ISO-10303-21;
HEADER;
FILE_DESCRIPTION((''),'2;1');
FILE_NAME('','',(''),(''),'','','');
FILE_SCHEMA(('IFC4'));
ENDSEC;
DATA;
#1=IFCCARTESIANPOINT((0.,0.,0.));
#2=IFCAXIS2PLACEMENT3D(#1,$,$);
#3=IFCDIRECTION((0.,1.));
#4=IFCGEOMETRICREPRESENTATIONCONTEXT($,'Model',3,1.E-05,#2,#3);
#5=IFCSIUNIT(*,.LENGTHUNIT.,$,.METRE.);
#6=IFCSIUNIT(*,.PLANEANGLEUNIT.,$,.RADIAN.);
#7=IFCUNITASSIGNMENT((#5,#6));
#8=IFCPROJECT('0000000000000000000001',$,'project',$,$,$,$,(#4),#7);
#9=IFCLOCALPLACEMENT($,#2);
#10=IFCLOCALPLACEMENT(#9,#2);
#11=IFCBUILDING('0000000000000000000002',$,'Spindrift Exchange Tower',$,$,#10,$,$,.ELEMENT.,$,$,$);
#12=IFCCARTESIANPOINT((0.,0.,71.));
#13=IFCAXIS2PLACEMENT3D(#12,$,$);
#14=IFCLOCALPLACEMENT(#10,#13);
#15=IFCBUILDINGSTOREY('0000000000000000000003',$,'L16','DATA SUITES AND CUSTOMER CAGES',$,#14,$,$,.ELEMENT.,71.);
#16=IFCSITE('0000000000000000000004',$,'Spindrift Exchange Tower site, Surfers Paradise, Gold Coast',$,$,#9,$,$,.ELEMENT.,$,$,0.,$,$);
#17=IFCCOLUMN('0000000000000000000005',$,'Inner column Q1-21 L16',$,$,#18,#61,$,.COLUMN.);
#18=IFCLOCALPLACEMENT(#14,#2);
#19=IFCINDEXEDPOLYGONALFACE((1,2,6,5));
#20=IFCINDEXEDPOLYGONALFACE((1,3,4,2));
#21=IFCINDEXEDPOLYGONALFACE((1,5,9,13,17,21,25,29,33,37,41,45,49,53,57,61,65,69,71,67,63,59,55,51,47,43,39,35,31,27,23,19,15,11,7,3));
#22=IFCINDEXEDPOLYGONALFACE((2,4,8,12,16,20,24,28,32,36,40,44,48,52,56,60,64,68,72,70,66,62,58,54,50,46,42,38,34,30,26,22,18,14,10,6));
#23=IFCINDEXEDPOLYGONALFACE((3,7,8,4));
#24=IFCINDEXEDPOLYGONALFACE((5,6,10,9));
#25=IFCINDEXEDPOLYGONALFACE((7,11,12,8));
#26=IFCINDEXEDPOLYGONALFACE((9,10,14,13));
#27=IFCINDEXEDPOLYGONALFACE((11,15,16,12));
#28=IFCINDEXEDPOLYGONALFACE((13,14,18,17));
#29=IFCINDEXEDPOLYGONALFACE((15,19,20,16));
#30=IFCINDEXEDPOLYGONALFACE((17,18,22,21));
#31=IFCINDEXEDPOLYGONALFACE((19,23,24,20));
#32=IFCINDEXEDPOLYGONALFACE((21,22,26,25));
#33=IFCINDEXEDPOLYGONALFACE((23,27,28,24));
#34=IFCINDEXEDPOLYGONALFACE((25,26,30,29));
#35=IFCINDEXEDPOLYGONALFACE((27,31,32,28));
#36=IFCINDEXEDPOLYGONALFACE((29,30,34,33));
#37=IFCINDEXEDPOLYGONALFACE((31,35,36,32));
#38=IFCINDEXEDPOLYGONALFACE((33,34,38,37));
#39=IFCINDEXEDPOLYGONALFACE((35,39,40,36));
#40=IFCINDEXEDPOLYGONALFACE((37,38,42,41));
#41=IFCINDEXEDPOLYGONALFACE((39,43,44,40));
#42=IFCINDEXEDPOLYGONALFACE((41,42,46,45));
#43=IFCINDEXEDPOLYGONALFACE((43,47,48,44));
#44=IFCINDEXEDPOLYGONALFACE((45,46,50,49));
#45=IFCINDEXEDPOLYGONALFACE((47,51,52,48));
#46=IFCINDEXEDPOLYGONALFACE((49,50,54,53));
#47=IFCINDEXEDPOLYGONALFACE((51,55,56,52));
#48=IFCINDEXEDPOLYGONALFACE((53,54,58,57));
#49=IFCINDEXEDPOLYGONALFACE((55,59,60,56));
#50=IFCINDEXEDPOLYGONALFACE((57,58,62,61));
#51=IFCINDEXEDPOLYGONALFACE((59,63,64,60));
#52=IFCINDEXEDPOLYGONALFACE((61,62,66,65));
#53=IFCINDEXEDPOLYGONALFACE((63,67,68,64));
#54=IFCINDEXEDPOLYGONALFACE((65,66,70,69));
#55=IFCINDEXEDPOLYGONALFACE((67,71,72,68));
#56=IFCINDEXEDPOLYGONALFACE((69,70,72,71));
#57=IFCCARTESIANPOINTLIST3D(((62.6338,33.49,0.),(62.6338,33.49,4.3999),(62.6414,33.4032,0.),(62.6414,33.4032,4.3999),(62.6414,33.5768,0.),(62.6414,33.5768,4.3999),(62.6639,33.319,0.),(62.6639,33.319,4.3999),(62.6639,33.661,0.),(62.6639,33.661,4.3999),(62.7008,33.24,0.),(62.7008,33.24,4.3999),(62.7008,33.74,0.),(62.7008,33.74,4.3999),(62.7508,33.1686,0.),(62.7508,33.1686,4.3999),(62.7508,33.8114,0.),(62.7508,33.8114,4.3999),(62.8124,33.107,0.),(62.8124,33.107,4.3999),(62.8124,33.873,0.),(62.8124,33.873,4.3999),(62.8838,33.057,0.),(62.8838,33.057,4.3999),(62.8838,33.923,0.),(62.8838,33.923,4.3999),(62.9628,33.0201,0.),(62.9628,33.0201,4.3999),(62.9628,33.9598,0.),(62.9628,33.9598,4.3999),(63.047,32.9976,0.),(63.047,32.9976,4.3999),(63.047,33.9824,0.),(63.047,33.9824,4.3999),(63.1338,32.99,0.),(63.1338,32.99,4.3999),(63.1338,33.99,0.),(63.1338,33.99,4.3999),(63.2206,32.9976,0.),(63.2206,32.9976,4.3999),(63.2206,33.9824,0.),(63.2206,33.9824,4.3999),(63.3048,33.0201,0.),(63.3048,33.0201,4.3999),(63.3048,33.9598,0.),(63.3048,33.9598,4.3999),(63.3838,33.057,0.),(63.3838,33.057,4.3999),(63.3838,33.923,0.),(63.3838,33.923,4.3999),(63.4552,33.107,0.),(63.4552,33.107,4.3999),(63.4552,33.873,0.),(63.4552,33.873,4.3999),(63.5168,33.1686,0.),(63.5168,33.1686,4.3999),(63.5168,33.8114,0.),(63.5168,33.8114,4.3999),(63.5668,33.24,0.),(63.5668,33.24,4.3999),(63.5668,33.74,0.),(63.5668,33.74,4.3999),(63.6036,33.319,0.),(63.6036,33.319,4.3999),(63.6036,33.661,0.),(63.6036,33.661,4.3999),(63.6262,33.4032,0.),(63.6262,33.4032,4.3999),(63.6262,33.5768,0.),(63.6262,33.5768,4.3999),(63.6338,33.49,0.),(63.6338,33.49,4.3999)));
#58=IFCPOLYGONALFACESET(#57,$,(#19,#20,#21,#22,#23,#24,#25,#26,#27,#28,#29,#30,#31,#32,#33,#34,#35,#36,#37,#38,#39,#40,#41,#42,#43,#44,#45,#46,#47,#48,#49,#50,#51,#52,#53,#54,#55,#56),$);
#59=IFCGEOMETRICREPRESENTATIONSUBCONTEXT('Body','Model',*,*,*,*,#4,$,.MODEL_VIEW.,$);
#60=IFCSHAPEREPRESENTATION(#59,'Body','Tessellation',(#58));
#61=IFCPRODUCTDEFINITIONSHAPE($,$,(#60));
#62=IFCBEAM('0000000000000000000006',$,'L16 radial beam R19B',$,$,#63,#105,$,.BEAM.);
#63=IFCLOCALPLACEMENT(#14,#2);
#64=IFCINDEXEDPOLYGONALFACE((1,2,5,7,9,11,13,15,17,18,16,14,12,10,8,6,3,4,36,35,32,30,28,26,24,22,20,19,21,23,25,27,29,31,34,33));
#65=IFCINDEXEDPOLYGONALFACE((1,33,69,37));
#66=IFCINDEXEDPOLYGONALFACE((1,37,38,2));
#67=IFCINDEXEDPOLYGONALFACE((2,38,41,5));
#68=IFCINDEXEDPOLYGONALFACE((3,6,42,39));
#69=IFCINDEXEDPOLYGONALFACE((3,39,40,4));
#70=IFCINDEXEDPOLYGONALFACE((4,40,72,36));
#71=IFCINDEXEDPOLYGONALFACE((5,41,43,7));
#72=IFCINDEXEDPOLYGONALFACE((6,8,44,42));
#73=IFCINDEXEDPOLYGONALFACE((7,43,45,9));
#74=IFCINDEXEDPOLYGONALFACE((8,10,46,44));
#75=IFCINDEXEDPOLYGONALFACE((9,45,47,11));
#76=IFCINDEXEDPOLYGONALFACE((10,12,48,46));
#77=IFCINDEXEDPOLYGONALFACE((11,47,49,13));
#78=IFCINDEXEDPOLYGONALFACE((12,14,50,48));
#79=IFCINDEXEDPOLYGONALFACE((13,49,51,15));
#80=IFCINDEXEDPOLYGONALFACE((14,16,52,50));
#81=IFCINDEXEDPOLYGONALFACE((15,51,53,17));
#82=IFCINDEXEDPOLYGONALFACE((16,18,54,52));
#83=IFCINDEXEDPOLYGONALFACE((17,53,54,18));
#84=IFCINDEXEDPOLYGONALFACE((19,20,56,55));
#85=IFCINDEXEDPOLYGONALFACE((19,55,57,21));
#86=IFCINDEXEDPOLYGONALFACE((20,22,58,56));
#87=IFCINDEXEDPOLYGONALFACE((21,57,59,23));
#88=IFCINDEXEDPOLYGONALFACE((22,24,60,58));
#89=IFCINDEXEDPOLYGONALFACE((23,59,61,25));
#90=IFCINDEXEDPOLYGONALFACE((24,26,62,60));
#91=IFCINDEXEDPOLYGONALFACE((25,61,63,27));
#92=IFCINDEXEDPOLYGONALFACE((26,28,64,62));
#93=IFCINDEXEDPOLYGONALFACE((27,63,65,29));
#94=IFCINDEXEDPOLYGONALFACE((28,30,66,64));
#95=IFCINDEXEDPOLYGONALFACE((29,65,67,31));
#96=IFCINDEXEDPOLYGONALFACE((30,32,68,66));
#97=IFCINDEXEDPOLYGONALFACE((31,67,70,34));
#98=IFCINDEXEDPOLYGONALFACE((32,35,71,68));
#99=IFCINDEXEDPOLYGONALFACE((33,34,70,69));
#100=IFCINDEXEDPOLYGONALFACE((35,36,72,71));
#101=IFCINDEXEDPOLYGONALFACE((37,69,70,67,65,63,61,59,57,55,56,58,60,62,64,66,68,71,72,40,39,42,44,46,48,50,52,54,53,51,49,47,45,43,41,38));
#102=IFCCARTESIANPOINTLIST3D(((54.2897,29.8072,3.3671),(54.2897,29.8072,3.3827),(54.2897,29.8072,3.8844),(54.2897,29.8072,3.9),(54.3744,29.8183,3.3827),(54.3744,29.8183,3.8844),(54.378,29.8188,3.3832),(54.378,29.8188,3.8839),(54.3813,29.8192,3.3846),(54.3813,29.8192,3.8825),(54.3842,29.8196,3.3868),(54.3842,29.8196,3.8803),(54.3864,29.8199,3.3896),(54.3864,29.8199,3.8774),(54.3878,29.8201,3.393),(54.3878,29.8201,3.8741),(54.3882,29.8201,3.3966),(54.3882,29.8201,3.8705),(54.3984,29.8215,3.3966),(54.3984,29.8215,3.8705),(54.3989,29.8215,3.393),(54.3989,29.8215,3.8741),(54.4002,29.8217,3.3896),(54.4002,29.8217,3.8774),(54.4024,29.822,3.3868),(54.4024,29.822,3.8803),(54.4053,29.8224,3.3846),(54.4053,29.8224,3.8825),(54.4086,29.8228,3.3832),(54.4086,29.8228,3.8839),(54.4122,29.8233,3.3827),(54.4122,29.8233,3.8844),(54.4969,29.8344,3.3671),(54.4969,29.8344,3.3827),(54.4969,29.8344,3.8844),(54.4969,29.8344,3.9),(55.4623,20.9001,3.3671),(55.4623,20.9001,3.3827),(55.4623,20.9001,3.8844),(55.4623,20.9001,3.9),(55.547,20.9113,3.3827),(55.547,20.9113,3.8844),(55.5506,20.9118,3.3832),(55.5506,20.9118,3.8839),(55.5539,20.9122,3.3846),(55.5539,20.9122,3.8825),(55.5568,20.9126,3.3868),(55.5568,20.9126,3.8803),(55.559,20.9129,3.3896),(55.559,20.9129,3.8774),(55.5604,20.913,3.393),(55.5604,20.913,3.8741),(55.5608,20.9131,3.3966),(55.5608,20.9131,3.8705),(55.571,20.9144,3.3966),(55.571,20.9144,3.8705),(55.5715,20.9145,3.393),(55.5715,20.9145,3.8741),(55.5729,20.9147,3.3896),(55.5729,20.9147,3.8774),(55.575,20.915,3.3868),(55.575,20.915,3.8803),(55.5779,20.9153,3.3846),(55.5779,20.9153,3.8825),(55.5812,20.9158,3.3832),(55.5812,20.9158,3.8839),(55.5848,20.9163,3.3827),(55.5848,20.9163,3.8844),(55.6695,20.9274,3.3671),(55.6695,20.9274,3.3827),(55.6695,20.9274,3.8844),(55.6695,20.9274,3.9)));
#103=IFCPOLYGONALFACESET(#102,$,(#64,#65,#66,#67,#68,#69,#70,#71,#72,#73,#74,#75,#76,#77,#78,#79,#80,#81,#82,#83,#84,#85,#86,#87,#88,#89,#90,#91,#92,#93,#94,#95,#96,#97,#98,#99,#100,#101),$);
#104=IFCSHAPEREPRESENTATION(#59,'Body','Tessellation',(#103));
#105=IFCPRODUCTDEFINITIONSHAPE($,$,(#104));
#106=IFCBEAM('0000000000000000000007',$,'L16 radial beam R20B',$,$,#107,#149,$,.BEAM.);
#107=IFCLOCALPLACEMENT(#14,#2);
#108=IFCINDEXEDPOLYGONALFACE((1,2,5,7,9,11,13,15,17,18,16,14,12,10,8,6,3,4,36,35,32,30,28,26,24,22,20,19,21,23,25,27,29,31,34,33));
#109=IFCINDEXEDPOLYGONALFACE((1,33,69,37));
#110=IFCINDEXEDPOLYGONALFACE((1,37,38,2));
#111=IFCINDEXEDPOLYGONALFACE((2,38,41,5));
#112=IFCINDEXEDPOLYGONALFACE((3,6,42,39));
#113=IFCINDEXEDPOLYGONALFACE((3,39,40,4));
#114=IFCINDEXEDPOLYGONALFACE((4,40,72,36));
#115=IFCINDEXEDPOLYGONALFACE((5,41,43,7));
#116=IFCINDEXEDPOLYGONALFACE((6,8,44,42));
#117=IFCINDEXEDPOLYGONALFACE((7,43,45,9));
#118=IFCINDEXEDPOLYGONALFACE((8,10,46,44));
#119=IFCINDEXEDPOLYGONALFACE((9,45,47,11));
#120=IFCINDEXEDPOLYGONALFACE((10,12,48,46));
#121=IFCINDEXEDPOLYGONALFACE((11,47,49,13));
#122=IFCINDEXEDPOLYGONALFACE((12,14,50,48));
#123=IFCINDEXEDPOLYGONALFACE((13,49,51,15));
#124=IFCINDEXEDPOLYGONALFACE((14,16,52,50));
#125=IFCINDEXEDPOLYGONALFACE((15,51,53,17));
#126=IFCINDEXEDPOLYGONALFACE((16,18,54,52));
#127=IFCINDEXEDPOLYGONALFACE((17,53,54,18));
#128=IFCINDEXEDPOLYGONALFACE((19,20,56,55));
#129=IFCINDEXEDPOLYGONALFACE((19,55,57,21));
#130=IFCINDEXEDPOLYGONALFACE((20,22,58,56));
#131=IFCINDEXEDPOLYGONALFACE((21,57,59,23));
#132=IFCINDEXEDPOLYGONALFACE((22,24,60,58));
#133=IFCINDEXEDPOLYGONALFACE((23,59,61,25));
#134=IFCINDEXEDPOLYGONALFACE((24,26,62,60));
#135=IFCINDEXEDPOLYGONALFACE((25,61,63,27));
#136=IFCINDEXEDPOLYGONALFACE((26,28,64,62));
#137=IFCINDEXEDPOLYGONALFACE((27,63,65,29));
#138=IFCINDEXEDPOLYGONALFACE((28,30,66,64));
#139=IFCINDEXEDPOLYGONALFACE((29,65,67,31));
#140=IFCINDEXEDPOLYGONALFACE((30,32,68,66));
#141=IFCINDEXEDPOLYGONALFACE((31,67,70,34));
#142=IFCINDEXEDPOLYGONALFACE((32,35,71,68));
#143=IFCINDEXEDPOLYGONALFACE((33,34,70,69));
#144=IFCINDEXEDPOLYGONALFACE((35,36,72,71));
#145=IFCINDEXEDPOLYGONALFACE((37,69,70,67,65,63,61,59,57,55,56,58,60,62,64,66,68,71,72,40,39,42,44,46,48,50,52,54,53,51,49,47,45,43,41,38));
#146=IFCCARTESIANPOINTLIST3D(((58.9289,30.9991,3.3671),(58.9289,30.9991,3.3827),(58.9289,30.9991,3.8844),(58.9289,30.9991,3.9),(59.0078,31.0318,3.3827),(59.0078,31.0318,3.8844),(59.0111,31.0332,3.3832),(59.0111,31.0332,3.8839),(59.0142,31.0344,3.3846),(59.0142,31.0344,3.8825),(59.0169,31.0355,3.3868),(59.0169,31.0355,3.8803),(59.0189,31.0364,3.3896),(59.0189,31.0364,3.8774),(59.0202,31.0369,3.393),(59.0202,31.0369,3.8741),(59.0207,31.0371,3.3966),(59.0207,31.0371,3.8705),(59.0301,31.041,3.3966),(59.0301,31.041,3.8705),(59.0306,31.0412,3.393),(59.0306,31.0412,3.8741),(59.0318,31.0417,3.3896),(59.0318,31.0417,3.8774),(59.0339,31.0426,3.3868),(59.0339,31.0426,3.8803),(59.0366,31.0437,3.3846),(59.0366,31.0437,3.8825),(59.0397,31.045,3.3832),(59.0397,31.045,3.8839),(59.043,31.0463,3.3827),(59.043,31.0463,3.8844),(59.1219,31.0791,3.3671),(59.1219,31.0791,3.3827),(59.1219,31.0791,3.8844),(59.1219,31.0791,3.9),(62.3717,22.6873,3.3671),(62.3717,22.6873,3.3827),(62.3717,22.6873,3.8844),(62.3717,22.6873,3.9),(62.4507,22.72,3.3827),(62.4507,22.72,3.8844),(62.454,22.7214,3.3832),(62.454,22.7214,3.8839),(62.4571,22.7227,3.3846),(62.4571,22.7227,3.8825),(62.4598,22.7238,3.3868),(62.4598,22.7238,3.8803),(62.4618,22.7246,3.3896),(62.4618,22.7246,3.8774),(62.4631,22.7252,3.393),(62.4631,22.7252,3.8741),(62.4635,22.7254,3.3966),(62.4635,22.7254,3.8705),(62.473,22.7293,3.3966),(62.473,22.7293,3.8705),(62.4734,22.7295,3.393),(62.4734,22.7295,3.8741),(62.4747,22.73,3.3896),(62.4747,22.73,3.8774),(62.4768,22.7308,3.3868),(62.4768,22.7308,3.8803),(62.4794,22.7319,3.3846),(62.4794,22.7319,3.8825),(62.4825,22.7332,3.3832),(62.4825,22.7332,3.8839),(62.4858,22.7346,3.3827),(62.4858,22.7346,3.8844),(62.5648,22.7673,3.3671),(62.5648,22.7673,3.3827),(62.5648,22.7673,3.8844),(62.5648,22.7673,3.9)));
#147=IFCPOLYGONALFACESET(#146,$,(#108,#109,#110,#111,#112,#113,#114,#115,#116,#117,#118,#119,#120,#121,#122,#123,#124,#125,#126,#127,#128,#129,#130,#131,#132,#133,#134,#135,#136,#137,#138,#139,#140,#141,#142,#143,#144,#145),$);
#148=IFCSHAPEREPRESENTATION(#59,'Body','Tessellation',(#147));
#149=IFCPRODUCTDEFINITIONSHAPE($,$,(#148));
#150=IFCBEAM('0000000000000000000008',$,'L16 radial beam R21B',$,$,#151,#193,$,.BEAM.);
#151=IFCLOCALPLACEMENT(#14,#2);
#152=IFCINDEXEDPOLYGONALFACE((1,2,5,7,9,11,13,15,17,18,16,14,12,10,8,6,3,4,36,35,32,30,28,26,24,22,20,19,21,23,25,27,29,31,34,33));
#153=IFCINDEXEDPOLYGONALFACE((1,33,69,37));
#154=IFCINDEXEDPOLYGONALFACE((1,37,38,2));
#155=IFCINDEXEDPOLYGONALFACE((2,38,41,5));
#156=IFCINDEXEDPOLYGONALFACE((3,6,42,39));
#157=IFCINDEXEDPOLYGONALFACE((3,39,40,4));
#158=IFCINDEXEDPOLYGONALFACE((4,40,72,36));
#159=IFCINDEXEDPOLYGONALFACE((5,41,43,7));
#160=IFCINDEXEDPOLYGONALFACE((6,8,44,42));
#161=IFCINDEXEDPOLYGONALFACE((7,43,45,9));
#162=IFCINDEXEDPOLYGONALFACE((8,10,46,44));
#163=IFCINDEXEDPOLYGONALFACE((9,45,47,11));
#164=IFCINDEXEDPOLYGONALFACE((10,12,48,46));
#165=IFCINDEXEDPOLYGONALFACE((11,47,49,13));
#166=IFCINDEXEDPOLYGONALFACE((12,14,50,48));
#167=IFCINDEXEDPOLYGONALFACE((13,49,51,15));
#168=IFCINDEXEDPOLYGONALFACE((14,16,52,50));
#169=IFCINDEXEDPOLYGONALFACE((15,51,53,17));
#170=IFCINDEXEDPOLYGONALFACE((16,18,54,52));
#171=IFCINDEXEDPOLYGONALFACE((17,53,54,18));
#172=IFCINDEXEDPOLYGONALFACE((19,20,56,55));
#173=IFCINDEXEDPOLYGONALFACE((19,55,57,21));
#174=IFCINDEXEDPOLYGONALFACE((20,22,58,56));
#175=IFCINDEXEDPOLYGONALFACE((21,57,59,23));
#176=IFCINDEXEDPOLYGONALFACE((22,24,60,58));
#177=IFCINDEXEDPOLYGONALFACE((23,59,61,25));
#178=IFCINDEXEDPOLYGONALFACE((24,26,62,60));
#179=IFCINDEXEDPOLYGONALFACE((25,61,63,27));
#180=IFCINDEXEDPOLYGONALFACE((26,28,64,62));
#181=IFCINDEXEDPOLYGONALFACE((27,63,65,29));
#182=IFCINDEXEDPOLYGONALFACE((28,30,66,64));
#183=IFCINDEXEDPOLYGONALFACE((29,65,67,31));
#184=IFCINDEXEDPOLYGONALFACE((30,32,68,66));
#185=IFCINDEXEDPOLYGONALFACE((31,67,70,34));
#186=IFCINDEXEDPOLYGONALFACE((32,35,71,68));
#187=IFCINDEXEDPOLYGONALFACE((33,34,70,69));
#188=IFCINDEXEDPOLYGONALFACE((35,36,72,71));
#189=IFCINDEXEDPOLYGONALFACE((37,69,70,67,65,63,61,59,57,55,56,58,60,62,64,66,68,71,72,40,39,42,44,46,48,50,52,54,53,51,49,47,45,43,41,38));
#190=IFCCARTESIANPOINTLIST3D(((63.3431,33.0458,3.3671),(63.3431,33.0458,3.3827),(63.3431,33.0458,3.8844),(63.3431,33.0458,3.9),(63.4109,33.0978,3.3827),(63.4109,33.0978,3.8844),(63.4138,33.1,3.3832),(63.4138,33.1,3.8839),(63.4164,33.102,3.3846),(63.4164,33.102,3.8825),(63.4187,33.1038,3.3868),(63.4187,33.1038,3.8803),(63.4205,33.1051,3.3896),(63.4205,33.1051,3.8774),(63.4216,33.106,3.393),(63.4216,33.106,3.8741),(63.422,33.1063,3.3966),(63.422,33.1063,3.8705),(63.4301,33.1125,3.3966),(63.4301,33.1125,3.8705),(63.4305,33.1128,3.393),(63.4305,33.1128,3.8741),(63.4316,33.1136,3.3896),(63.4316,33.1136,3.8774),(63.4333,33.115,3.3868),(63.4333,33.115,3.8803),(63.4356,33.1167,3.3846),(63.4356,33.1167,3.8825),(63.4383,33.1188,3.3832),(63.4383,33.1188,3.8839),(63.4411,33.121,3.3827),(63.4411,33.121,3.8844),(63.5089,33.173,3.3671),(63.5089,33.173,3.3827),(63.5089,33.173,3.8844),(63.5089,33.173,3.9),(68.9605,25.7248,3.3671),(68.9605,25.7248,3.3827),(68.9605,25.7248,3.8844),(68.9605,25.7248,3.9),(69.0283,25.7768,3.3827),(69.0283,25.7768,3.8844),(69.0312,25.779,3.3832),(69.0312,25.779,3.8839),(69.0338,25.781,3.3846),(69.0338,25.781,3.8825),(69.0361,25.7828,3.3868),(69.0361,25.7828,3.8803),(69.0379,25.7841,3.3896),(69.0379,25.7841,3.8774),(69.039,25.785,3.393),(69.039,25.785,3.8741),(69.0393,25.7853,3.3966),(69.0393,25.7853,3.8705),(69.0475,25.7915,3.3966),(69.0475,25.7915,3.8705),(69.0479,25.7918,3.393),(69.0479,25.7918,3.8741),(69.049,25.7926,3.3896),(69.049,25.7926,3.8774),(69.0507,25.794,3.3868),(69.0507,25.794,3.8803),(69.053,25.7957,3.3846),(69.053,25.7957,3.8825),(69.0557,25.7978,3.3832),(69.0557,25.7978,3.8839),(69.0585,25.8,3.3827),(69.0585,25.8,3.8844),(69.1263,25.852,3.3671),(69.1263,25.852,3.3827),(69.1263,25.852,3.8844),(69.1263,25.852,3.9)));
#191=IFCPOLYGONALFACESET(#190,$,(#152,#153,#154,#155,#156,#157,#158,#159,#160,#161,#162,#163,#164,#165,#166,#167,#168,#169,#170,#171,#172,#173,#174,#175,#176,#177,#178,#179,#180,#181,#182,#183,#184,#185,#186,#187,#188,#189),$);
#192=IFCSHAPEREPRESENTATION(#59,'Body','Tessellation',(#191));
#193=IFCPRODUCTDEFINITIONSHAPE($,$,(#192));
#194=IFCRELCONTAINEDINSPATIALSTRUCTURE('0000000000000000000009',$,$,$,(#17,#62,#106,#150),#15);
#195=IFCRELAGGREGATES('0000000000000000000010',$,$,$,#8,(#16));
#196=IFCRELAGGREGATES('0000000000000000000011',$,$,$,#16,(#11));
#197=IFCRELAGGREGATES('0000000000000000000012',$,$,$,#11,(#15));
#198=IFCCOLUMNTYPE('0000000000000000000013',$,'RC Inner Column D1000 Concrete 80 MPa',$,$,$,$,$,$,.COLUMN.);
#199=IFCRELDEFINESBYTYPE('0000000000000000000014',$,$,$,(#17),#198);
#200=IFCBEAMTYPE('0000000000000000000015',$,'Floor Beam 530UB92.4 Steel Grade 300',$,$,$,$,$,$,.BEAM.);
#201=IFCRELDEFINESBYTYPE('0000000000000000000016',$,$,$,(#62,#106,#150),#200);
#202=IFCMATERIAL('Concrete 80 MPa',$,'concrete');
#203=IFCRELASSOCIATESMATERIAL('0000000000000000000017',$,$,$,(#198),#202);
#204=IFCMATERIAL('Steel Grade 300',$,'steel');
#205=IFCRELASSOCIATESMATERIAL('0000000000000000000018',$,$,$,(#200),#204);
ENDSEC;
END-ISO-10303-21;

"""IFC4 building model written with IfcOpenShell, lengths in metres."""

from ifc_helpers import new_model, si_unit, direction, frame, origin, origin_2d, place, context, subcontext, project, spatial, circle, i_section, extrude, source, transform, mapped, material, material_profile, profile_set, type_object, element, save


model = new_model("IFC4")

# Units and contexts
model_context = context("Model", 3, precision=1e-05, world=origin(), true_north=direction((0.0, 1.0)))
body_context = subcontext(model_context, "Body", "Model", "MODEL_VIEW")
ifc_project = project(units=[si_unit("LENGTHUNIT", "METRE"), si_unit("PLANEANGLEUNIT", "RADIAN")], contexts=[model_context])

# Site, building, storey
site_placement = place(None, origin())
site = spatial("IfcSite", under=ifc_project, at=site_placement, Name="Spindrift Exchange Tower site, Surfers Paradise, Gold Coast", CompositionType="ELEMENT", RefElevation=0.0)
building_placement = place(site_placement, origin())
building = spatial("IfcBuilding", under=site, at=building_placement, Name="Spindrift Exchange Tower", CompositionType="ELEMENT")
storey_placement = place(building_placement, frame((0.0, 0.0, 71.0)))
storey = spatial("IfcBuildingStorey", under=building, at=storey_placement, Name="L16", Description="DATA SUITES AND CUSTOMER CAGES", CompositionType="ELEMENT", Elevation=71.0)

# Column
ifc_material_1 = material(Name="Concrete 80 MPa", Category="concrete")
ifc_material_profile_1 = material_profile(ifc_material_1, circle(Radius=0.5, at=origin_2d()), Name="RC D1000")
ifc_profile_set_1 = profile_set([ifc_material_profile_1], Name="Concrete 80 MPa")
column_type_1 = type_object("IfcColumnType", Name="RC Inner Column D1000 Concrete 80 MPa", PredefinedType="COLUMN", material=ifc_profile_set_1)
shared_shape_1 = source(origin(), body_context, "Body", "SweptSolid", [
    extrude(circle(Radius=0.5, at=origin_2d()), origin(), (0.0, 0.0, 1.0), 4.3999),
])
for number, where, z_axis, x_axis, name in (
    (1, (63.1338, 33.49, 0.0), (0.0, 0.0, 1.0), (1.0, 0.0, 0.0), "Inner column Q1-21 L16"),
):
    element("IfcColumn", number, at=place(storey_placement, frame(where, z_axis=z_axis, x_axis=x_axis)), inside=storey, type_object=column_type_1, Name=name, PredefinedType="COLUMN", context=body_context, shape_type="MappedRepresentation", body=[
        mapped(shared_shape_1, transform((0.0, 0.0, 0.0), scale=1.0)),
    ])

# Beams
ifc_material_2 = material(Name="Steel Grade 300", Category="steel")
ifc_material_profile_2 = material_profile(ifc_material_2, i_section(OverallWidth=0.209, OverallDepth=0.533, WebThickness=0.0103, FlangeThickness=0.0156, FilletRadius=0.0139, at=origin_2d()), Name="530UB92.4")
ifc_profile_set_2 = profile_set([ifc_material_profile_2], Name="Steel Grade 300")
beam_type_1 = type_object("IfcBeamType", Name="Floor Beam 530UB92.4 Steel Grade 300", PredefinedType="BEAM", material=ifc_profile_set_2)
shared_shape_2 = source(origin(), body_context, "Body", "SweptSolid", [
    extrude(i_section(OverallWidth=0.209, OverallDepth=0.533, WebThickness=0.0103, FlangeThickness=0.0156, FilletRadius=0.0139, at=origin_2d()), origin(), (0.0, 0.0, 1.0), 8.9839),
])
beam_1_placement = place(storey_placement, frame((54.3933, 29.8208, 3.6335), z_axis=(0.130524, -0.991445, 0.0), x_axis=(0.991445, 0.130524, 0.0)))
element("IfcBeam", 2, at=beam_1_placement, inside=storey, type_object=beam_type_1, Name="L16 radial beam R19B", PredefinedType="BEAM", context=body_context, shape_type="MappedRepresentation", body=[
    mapped(shared_shape_2, transform((0.0, 0.0, 0.0), scale=1.0)),
])
shared_shape_3 = source(origin(), body_context, "Body", "SweptSolid", [
    extrude(i_section(OverallWidth=0.209, OverallDepth=0.533, WebThickness=0.0103, FlangeThickness=0.0156, FilletRadius=0.0139, at=origin_2d()), origin(), (0.0, 0.0, 1.0), 8.9966),
])
beam_2_placement = place(storey_placement, frame((59.0254, 31.0391, 3.6335), z_axis=(0.382686, -0.923879, 0.0), x_axis=(0.923879, 0.382686, 0.0)))
element("IfcBeam", 3, at=beam_2_placement, inside=storey, type_object=beam_type_1, Name="L16 radial beam R20B", PredefinedType="BEAM", context=body_context, shape_type="MappedRepresentation", body=[
    mapped(shared_shape_3, transform((0.0, 0.0, 0.0), scale=1.0)),
])
shared_shape_4 = source(origin(), body_context, "Body", "SweptSolid", [
    extrude(i_section(OverallWidth=0.209, OverallDepth=0.533, WebThickness=0.0103, FlangeThickness=0.0156, FilletRadius=0.0139, at=origin_2d()), origin(), (0.0, 0.0, 1.0), 9.2278),
])
beam_3_placement = place(storey_placement, frame((63.426, 33.1094, 3.6335), z_axis=(0.608748, -0.793364, 0.0), x_axis=(0.793364, 0.608748, 0.0)))
element("IfcBeam", 4, at=beam_3_placement, inside=storey, type_object=beam_type_1, Name="L16 radial beam R21B", PredefinedType="BEAM", context=body_context, shape_type="MappedRepresentation", body=[
    mapped(shared_shape_4, transform((0.0, 0.0, 0.0), scale=1.0)),
])

save(model, "model.ifc")
